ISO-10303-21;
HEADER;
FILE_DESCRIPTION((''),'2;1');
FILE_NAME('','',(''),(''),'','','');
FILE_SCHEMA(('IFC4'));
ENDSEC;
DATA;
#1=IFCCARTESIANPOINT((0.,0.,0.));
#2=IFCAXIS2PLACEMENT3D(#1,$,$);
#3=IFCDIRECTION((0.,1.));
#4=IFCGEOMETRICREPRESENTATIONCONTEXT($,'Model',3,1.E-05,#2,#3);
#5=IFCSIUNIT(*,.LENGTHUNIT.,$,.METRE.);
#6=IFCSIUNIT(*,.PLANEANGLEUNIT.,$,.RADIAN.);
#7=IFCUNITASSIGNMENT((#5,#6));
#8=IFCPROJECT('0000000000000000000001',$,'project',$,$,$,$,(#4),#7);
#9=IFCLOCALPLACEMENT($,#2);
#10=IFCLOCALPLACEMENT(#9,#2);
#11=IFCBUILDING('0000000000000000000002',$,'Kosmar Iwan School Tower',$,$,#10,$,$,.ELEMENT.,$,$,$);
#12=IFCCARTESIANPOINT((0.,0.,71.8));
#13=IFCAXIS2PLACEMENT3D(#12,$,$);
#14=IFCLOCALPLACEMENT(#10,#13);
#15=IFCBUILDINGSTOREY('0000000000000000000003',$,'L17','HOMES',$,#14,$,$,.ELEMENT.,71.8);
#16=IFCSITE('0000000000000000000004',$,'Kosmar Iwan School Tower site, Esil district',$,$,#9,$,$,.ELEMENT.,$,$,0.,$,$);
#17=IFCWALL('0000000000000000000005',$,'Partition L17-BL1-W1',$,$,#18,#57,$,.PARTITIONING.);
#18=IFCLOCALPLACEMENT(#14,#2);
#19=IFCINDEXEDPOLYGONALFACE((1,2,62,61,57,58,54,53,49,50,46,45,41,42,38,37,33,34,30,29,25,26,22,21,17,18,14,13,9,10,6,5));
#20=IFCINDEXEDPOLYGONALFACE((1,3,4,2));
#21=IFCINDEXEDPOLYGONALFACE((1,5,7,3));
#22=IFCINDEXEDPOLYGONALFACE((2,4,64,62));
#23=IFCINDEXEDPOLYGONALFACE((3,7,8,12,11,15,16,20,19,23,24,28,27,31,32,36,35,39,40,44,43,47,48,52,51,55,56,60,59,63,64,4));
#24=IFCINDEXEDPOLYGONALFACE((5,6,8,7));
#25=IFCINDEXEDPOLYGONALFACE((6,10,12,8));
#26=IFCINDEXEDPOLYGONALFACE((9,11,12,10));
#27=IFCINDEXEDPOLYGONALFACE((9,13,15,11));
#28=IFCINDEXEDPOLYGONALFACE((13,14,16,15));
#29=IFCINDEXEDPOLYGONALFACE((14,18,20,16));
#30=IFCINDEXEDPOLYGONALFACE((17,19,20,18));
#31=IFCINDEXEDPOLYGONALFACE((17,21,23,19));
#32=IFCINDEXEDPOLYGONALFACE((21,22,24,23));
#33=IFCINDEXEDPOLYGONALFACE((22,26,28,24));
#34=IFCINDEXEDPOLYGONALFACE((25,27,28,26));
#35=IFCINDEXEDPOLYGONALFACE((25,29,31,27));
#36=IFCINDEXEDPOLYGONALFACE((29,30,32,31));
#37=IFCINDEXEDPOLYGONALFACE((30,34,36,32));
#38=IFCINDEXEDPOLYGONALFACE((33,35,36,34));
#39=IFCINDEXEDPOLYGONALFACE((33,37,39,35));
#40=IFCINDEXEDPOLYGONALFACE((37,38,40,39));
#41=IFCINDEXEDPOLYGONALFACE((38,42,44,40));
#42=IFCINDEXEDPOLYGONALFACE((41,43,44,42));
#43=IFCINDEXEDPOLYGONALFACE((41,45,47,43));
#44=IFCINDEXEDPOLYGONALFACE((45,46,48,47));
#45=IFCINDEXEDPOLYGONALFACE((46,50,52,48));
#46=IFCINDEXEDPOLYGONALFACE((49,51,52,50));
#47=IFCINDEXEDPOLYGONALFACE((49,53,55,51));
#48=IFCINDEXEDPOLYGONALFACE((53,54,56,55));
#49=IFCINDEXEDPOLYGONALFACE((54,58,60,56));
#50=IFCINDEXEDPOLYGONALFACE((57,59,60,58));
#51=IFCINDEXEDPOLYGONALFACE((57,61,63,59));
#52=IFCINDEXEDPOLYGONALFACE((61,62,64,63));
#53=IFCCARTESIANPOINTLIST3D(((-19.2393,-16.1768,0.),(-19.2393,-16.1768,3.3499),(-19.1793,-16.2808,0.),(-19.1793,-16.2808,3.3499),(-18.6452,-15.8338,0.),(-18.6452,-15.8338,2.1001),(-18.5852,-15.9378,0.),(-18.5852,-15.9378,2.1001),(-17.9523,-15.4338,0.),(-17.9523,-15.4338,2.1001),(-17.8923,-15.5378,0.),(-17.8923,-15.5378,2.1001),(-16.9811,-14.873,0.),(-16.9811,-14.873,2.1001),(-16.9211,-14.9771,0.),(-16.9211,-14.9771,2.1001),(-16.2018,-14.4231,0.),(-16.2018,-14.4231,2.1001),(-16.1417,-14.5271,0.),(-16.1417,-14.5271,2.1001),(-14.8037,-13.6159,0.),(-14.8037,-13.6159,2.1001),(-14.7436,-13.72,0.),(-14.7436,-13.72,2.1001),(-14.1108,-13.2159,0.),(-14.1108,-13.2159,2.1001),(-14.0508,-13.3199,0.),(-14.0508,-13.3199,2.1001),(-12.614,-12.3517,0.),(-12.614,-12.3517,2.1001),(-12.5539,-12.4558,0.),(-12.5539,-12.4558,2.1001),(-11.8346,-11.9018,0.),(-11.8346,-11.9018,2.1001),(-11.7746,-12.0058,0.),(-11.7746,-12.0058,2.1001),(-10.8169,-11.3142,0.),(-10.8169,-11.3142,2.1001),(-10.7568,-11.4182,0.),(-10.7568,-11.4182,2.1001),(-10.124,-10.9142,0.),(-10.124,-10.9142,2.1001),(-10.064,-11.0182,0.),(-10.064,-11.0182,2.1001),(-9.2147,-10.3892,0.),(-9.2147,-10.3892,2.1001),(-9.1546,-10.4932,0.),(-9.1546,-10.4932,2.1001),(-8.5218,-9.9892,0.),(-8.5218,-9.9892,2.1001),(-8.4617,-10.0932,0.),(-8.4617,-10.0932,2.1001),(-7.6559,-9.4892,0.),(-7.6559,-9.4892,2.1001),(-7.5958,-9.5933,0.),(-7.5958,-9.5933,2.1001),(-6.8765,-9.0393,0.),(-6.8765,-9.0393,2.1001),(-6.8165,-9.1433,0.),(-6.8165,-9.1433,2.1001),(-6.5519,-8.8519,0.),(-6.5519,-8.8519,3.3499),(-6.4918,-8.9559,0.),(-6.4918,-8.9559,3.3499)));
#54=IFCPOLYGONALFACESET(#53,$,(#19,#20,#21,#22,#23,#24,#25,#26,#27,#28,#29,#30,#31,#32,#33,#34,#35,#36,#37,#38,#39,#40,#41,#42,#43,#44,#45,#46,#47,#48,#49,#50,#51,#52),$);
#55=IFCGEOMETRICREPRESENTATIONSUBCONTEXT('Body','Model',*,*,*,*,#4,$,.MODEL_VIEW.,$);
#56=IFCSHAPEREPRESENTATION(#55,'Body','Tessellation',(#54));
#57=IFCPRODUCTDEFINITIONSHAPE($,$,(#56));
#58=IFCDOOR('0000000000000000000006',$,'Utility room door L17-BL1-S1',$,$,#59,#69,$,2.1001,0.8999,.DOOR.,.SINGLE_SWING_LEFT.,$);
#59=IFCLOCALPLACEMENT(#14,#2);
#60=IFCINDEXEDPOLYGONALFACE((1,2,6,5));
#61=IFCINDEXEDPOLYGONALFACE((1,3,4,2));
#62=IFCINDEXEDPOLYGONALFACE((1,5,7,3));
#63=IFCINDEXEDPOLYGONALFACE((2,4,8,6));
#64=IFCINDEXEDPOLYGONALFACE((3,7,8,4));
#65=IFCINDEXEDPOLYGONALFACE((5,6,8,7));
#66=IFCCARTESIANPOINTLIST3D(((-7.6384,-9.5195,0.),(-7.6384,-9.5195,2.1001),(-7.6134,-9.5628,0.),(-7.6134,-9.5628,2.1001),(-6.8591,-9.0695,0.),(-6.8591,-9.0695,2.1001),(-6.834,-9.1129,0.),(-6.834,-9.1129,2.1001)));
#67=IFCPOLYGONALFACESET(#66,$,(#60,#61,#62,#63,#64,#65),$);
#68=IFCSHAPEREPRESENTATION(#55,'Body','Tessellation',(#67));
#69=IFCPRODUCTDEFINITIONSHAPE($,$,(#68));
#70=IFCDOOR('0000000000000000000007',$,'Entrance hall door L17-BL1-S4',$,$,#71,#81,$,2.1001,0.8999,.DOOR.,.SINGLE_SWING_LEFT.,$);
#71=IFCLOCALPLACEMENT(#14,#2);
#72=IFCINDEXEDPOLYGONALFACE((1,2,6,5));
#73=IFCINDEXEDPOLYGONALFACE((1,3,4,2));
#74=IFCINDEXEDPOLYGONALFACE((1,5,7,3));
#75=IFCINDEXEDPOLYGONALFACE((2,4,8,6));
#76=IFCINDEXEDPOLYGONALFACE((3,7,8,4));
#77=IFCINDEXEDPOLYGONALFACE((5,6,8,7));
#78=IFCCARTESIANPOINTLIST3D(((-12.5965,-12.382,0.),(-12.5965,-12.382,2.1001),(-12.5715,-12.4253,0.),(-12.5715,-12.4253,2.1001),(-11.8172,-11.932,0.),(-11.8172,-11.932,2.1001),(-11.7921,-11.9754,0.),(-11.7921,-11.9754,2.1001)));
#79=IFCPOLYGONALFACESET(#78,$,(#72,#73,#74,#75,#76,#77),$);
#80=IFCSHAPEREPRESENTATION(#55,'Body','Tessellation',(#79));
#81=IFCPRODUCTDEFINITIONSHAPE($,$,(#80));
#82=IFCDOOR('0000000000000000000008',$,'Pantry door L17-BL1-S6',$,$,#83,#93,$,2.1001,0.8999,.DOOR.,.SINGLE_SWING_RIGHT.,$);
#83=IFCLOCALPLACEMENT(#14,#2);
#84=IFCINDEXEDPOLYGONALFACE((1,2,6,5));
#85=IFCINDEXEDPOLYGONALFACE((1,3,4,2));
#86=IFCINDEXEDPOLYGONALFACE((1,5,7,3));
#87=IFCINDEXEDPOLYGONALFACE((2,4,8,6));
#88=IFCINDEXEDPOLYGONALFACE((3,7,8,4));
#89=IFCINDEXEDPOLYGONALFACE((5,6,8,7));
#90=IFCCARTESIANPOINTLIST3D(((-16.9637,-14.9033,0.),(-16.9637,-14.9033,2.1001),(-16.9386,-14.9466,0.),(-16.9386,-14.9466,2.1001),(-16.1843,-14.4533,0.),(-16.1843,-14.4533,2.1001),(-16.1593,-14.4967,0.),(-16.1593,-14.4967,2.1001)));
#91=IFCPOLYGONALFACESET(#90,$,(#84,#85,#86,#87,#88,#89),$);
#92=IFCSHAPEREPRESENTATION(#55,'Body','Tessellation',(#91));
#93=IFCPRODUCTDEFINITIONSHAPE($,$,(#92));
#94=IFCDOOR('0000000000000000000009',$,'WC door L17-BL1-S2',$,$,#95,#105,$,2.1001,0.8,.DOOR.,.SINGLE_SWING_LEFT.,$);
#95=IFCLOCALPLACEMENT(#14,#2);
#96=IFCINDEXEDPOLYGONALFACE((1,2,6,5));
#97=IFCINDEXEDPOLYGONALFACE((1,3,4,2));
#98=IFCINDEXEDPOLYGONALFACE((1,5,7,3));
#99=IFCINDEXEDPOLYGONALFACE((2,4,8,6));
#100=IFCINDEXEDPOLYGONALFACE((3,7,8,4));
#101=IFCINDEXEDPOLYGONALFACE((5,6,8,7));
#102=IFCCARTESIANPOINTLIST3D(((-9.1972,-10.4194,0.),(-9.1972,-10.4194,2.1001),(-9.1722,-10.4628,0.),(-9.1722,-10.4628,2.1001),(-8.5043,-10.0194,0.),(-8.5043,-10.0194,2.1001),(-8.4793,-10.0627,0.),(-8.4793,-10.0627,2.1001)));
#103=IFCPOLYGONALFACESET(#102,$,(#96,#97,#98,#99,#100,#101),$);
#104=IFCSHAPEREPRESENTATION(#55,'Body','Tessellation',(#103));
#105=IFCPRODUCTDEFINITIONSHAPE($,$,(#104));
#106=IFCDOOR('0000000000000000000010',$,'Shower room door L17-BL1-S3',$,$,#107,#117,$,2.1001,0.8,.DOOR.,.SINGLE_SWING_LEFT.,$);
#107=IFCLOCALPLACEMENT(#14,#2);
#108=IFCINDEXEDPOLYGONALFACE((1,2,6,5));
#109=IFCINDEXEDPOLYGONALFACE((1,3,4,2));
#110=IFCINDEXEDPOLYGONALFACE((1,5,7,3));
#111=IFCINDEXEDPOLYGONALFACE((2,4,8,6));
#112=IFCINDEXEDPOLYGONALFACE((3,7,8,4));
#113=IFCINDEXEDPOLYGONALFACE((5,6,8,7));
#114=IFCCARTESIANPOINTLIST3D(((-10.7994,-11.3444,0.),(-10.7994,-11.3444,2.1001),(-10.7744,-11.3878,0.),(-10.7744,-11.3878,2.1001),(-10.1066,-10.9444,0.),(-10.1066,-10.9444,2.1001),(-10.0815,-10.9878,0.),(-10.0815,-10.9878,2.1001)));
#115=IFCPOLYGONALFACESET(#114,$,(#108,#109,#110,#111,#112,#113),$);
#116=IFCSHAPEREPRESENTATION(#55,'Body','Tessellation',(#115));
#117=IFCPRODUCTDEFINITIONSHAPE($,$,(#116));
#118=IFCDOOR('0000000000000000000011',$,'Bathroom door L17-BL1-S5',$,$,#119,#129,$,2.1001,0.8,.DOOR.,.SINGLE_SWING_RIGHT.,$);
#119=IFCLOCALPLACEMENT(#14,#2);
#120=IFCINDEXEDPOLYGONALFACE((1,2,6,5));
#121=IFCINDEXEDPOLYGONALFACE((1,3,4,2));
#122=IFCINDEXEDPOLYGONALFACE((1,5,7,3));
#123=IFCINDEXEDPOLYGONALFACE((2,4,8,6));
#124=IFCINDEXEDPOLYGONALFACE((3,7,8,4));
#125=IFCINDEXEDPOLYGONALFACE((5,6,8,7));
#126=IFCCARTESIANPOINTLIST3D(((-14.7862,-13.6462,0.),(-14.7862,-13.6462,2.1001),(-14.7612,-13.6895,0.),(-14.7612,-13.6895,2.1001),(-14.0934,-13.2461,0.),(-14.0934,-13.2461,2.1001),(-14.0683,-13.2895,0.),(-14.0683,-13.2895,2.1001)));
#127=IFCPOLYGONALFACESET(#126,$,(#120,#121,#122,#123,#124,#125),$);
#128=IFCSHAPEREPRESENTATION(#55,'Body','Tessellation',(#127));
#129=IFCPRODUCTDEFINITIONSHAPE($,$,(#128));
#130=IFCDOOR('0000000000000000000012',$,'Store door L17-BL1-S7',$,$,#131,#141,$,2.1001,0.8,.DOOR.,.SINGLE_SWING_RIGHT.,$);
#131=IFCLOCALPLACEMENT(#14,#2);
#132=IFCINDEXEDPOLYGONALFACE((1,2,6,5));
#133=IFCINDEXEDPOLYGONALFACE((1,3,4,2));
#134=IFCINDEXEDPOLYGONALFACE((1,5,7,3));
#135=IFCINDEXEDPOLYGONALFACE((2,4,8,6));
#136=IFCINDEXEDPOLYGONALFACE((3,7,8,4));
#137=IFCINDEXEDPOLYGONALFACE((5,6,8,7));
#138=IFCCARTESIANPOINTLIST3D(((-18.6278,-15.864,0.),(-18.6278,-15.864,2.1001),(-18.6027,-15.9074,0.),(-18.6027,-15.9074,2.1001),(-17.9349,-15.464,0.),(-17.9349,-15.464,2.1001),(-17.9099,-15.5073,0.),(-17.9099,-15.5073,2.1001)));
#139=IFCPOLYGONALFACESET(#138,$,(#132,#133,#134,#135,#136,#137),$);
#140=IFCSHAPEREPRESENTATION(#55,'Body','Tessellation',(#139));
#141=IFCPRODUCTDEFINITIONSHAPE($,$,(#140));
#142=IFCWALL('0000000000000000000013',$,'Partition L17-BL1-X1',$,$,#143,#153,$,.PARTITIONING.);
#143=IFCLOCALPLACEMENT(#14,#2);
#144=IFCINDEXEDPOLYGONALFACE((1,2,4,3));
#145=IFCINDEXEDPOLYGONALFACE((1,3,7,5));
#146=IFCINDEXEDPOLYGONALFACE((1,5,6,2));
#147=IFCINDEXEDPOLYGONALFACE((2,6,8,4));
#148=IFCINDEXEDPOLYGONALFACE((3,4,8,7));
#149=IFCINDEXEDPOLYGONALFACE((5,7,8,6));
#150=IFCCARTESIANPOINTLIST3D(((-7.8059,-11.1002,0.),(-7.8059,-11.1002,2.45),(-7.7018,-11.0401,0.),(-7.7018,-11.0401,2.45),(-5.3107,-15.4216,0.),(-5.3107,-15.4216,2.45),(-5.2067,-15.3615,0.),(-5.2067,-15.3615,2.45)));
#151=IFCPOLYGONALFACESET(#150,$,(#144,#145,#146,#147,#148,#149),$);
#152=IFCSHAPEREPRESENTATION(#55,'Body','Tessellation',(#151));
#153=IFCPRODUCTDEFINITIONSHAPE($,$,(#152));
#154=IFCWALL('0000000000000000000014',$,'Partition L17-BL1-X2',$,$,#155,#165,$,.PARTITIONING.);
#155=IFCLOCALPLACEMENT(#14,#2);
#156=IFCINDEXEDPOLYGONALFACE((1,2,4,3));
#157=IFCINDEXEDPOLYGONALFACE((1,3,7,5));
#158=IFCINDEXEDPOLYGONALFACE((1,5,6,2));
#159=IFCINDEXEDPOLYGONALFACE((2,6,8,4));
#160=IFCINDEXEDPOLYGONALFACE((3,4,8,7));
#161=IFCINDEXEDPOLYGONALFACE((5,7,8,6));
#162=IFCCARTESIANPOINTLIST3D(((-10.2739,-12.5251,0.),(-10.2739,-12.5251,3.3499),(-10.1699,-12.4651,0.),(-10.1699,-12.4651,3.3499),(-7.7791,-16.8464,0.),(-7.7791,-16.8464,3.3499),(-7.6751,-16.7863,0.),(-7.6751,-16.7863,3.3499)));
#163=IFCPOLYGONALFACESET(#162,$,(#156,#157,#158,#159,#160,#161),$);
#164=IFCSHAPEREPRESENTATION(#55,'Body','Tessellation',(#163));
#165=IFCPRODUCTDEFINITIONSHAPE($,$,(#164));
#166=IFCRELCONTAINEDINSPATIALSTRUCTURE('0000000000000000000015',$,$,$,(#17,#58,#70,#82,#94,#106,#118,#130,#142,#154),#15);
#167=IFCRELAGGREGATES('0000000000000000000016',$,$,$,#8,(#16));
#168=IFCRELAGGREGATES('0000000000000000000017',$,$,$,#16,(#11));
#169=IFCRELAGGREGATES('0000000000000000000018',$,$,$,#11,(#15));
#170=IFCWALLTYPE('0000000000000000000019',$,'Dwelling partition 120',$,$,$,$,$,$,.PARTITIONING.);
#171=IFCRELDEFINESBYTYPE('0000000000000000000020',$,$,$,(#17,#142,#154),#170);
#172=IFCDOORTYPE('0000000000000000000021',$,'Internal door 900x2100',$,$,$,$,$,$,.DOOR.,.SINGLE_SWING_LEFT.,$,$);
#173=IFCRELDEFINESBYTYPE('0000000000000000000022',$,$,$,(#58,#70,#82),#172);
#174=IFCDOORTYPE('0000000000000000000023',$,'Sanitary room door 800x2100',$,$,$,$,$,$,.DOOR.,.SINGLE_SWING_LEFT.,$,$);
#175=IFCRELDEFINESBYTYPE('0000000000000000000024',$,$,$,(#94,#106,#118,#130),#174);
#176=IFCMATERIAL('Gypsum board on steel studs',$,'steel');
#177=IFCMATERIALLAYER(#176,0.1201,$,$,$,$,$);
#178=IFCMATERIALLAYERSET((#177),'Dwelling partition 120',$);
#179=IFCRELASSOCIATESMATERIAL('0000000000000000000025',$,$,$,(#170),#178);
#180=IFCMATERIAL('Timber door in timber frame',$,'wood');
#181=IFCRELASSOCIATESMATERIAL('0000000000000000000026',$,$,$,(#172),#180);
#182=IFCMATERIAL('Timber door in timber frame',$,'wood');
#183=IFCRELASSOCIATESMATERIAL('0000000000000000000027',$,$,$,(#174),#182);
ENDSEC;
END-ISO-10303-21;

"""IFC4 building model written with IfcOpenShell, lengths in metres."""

from ifc_helpers import new_model, si_unit, direction, frame, frame_2d, origin, place, context, subcontext, project, spatial, rectangle, extrude, material, layer, layer_set, type_object, element, fill, save


model = new_model("IFC4")

# Units and contexts
model_context = context("Model", 3, precision=1e-05, world=origin(), true_north=direction((0.0, 1.0)))
body_context = subcontext(model_context, "Body", "Model", "MODEL_VIEW")
ifc_project = project(units=[si_unit("LENGTHUNIT", "METRE"), si_unit("PLANEANGLEUNIT", "RADIAN")], contexts=[model_context])

# Site, building, storey
site_placement = place(None, origin())
site = spatial("IfcSite", under=ifc_project, at=site_placement, Name="Kosmar Iwan School Tower site, Esil district", CompositionType="ELEMENT", RefElevation=0.0)
building_placement = place(site_placement, origin())
building = spatial("IfcBuilding", under=site, at=building_placement, Name="Kosmar Iwan School Tower", CompositionType="ELEMENT")
storey_placement = place(building_placement, frame((0.0, 0.0, 71.8)))
storey = spatial("IfcBuildingStorey", under=building, at=storey_placement, Name="L17", Description="HOMES", CompositionType="ELEMENT", Elevation=71.8)

# Wall, openings, doors
ifc_material_1 = material(Name="Gypsum board on steel studs", Category="steel")
ifc_layer_1 = layer(ifc_material_1, 0.1201)
ifc_layer_set_1 = layer_set([ifc_layer_1], Name="Dwelling partition 120")
wall_type_1 = type_object("IfcWallType", Name="Dwelling partition 120", PredefinedType="PARTITIONING", material=ifc_layer_set_1)
wall_1_placement = place(storey_placement, frame((-6.5217, -8.9038, 0.0), z_axis=(0.0, 0.0, 1.0), x_axis=(-0.866031, -0.499991, 0.0)))
wall_1 = element("IfcWall", 1, at=wall_1_placement, inside=storey, type_object=wall_type_1, Name="Partition L17-BL1-W1", PredefinedType="PARTITIONING", context=body_context, shape_type="SweptSolid", body=[
    extrude(rectangle(XDim=14.6501, YDim=0.1201, at=frame_2d((7.3252, 0.0))), origin(), (0.0, 0.0, 1.0), 3.3499),
])
opening_1_placement = place(wall_1_placement, frame((0.375, 0.0, 0.0)))
opening_1 = element("IfcOpeningElement", 2, at=opening_1_placement, cuts=wall_1, PredefinedType="OPENING", context=body_context, shape_type="SweptSolid", body=[
    extrude(rectangle(XDim=0.8999, YDim=2.1001, at=frame_2d((0.45, 1.05))), frame((0.0, 0.072, 0.0), z_axis=(0.0, -1.0, 0.0), x_axis=(1.0, 0.0, 0.0)), (0.0, 0.0, 1.0), 0.144),
])
opening_2_placement = place(wall_1_placement, frame((2.2749, 0.0, 0.0)))
opening_2 = element("IfcOpeningElement", 3, at=opening_2_placement, cuts=wall_1, PredefinedType="OPENING", context=body_context, shape_type="SweptSolid", body=[
    extrude(rectangle(XDim=0.8, YDim=2.1001, at=frame_2d((0.3999, 1.05))), frame((0.0, 0.072, 0.0), z_axis=(0.0, -1.0, 0.0), x_axis=(1.0, 0.0, 0.0)), (0.0, 0.0, 1.0), 0.144),
])
opening_3_placement = place(wall_1_placement, frame((4.125, 0.0, 0.0)))
opening_3 = element("IfcOpeningElement", 4, at=opening_3_placement, cuts=wall_1, PredefinedType="OPENING", context=body_context, shape_type="SweptSolid", body=[
    extrude(rectangle(XDim=0.8, YDim=2.1001, at=frame_2d((0.3999, 1.05))), frame((0.0, 0.072, 0.0), z_axis=(0.0, -1.0, 0.0), x_axis=(1.0, 0.0, 0.0)), (0.0, 0.0, 1.0), 0.144),
])
opening_4_placement = place(wall_1_placement, frame((6.1001, 0.0, 0.0)))
opening_4 = element("IfcOpeningElement", 5, at=opening_4_placement, cuts=wall_1, PredefinedType="OPENING", context=body_context, shape_type="SweptSolid", body=[
    extrude(rectangle(XDim=0.8999, YDim=2.1001, at=frame_2d((0.45, 1.05))), frame((0.0, 0.072, 0.0), z_axis=(0.0, -1.0, 0.0), x_axis=(1.0, 0.0, 0.0)), (0.0, 0.0, 1.0), 0.144),
])
opening_5_placement = place(wall_1_placement, frame((8.7285, 0.0, 0.0)))
opening_5 = element("IfcOpeningElement", 6, at=opening_5_placement, cuts=wall_1, PredefinedType="OPENING", context=body_context, shape_type="SweptSolid", body=[
    extrude(rectangle(XDim=0.8, YDim=2.1001, at=frame_2d((0.3999, 1.05))), frame((0.0, 0.072, 0.0), z_axis=(0.0, -1.0, 0.0), x_axis=(1.0, 0.0, 0.0)), (0.0, 0.0, 1.0), 0.144),
])
opening_6_placement = place(wall_1_placement, frame((11.1428, 0.0, 0.0)))
opening_6 = element("IfcOpeningElement", 7, at=opening_6_placement, cuts=wall_1, PredefinedType="OPENING", context=body_context, shape_type="SweptSolid", body=[
    extrude(rectangle(XDim=0.8999, YDim=2.1001, at=frame_2d((0.45, 1.05))), frame((0.0, 0.072, 0.0), z_axis=(0.0, -1.0, 0.0), x_axis=(1.0, 0.0, 0.0)), (0.0, 0.0, 1.0), 0.144),
])
opening_7_placement = place(wall_1_placement, frame((13.1643, 0.0, 0.0)))
opening_7 = element("IfcOpeningElement", 8, at=opening_7_placement, cuts=wall_1, PredefinedType="OPENING", context=body_context, shape_type="SweptSolid", body=[
    extrude(rectangle(XDim=0.8, YDim=2.1001, at=frame_2d((0.3999, 1.05))), frame((0.0, 0.072, 0.0), z_axis=(0.0, -1.0, 0.0), x_axis=(1.0, 0.0, 0.0)), (0.0, 0.0, 1.0), 0.144),
])
ifc_material_2 = material(Name="Timber door in timber frame", Category="wood")
door_type_1 = type_object("IfcDoorType", Name="Internal door 900x2100", OperationType="SINGLE_SWING_LEFT", PredefinedType="DOOR", material=ifc_material_2)
door_1_placement = place(opening_1_placement, origin())
door_1 = element("IfcDoor", 9, at=door_1_placement, inside=storey, type_object=door_type_1, Name="Utility room door L17-BL1-S1", OperationType="SINGLE_SWING_LEFT", OverallHeight=2.1001, OverallWidth=0.8999, PredefinedType="DOOR", context=body_context, shape_type="SweptSolid", body=[
    extrude(rectangle(XDim=0.8999, YDim=2.1001, at=frame_2d((0.45, 1.05))), frame((0.0, 0.0249, 0.0), z_axis=(0.0, -1.0, 0.0), x_axis=(1.0, 0.0, 0.0)), (0.0, 0.0, 1.0), 0.05),
])
fill(opening_1, door_1)
door_2_placement = place(opening_4_placement, origin())
door_2 = element("IfcDoor", 10, at=door_2_placement, inside=storey, type_object=door_type_1, Name="Entrance hall door L17-BL1-S4", OperationType="SINGLE_SWING_LEFT", OverallHeight=2.1001, OverallWidth=0.8999, PredefinedType="DOOR", context=body_context, shape_type="SweptSolid", body=[
    extrude(rectangle(XDim=0.8999, YDim=2.1001, at=frame_2d((0.45, 1.05))), frame((0.0, 0.0249, 0.0), z_axis=(0.0, -1.0, 0.0), x_axis=(1.0, 0.0, 0.0)), (0.0, 0.0, 1.0), 0.05),
])
fill(opening_4, door_2)
door_3_placement = place(opening_6_placement, origin())
door_3 = element("IfcDoor", 11, at=door_3_placement, inside=storey, type_object=door_type_1, Name="Pantry door L17-BL1-S6", OperationType="SINGLE_SWING_RIGHT", OverallHeight=2.1001, OverallWidth=0.8999, PredefinedType="DOOR", context=body_context, shape_type="SweptSolid", body=[
    extrude(rectangle(XDim=0.8999, YDim=2.1001, at=frame_2d((0.45, 1.05))), frame((0.0, 0.0249, 0.0), z_axis=(0.0, -1.0, 0.0), x_axis=(1.0, 0.0, 0.0)), (0.0, 0.0, 1.0), 0.05),
])
fill(opening_6, door_3)
ifc_material_3 = material(Name="Timber door in timber frame", Category="wood")
door_type_2 = type_object("IfcDoorType", Name="Sanitary room door 800x2100", OperationType="SINGLE_SWING_LEFT", PredefinedType="DOOR", material=ifc_material_3)
door_4_placement = place(opening_2_placement, origin())
door_4 = element("IfcDoor", 12, at=door_4_placement, inside=storey, type_object=door_type_2, Name="WC door L17-BL1-S2", OperationType="SINGLE_SWING_LEFT", OverallHeight=2.1001, OverallWidth=0.8, PredefinedType="DOOR", context=body_context, shape_type="SweptSolid", body=[
    extrude(rectangle(XDim=0.8, YDim=2.1001, at=frame_2d((0.3999, 1.05))), frame((0.0, 0.0249, 0.0), z_axis=(0.0, -1.0, 0.0), x_axis=(1.0, 0.0, 0.0)), (0.0, 0.0, 1.0), 0.05),
])
fill(opening_2, door_4)
door_5_placement = place(opening_3_placement, origin())
door_5 = element("IfcDoor", 13, at=door_5_placement, inside=storey, type_object=door_type_2, Name="Shower room door L17-BL1-S3", OperationType="SINGLE_SWING_LEFT", OverallHeight=2.1001, OverallWidth=0.8, PredefinedType="DOOR", context=body_context, shape_type="SweptSolid", body=[
    extrude(rectangle(XDim=0.8, YDim=2.1001, at=frame_2d((0.3999, 1.05))), frame((0.0, 0.0249, 0.0), z_axis=(0.0, -1.0, 0.0), x_axis=(1.0, 0.0, 0.0)), (0.0, 0.0, 1.0), 0.05),
])
fill(opening_3, door_5)
door_6_placement = place(opening_5_placement, origin())
door_6 = element("IfcDoor", 14, at=door_6_placement, inside=storey, type_object=door_type_2, Name="Bathroom door L17-BL1-S5", OperationType="SINGLE_SWING_RIGHT", OverallHeight=2.1001, OverallWidth=0.8, PredefinedType="DOOR", context=body_context, shape_type="SweptSolid", body=[
    extrude(rectangle(XDim=0.8, YDim=2.1001, at=frame_2d((0.3999, 1.05))), frame((0.0, 0.0249, 0.0), z_axis=(0.0, -1.0, 0.0), x_axis=(1.0, 0.0, 0.0)), (0.0, 0.0, 1.0), 0.05),
])
fill(opening_5, door_6)
door_7_placement = place(opening_7_placement, origin())
door_7 = element("IfcDoor", 15, at=door_7_placement, inside=storey, type_object=door_type_2, Name="Store door L17-BL1-S7", OperationType="SINGLE_SWING_RIGHT", OverallHeight=2.1001, OverallWidth=0.8, PredefinedType="DOOR", context=body_context, shape_type="SweptSolid", body=[
    extrude(rectangle(XDim=0.8, YDim=2.1001, at=frame_2d((0.3999, 1.05))), frame((0.0, 0.0249, 0.0), z_axis=(0.0, -1.0, 0.0), x_axis=(1.0, 0.0, 0.0)), (0.0, 0.0, 1.0), 0.05),
])
fill(opening_7, door_7)

# Walls
wall_2_placement = place(storey_placement, frame((-7.7539, -11.0701, 0.0), z_axis=(0.0, 0.0, 1.0), x_axis=(0.500033, -0.866006, 0.0)))
element("IfcWall", 16, at=wall_2_placement, inside=storey, type_object=wall_type_1, Name="Partition L17-BL1-X1", PredefinedType="PARTITIONING", context=body_context, shape_type="SweptSolid", body=[
    extrude(rectangle(XDim=4.99, YDim=0.1201, at=frame_2d((2.4951, 0.0))), origin(), (0.0, 0.0, 1.0), 2.45),
])
wall_3_placement = place(storey_placement, frame((-10.2219, -12.4951, 0.0), z_axis=(0.0, 0.0, 1.0), x_axis=(0.499996, -0.866028, 0.0)))
element("IfcWall", 17, at=wall_3_placement, inside=storey, type_object=wall_type_1, Name="Partition L17-BL1-X2", PredefinedType="PARTITIONING", context=body_context, shape_type="SweptSolid", body=[
    extrude(rectangle(XDim=4.9897, YDim=0.1201, at=frame_2d((2.4949, 0.0))), origin(), (0.0, 0.0, 1.0), 3.3499),
])

save(model, "model.ifc")
